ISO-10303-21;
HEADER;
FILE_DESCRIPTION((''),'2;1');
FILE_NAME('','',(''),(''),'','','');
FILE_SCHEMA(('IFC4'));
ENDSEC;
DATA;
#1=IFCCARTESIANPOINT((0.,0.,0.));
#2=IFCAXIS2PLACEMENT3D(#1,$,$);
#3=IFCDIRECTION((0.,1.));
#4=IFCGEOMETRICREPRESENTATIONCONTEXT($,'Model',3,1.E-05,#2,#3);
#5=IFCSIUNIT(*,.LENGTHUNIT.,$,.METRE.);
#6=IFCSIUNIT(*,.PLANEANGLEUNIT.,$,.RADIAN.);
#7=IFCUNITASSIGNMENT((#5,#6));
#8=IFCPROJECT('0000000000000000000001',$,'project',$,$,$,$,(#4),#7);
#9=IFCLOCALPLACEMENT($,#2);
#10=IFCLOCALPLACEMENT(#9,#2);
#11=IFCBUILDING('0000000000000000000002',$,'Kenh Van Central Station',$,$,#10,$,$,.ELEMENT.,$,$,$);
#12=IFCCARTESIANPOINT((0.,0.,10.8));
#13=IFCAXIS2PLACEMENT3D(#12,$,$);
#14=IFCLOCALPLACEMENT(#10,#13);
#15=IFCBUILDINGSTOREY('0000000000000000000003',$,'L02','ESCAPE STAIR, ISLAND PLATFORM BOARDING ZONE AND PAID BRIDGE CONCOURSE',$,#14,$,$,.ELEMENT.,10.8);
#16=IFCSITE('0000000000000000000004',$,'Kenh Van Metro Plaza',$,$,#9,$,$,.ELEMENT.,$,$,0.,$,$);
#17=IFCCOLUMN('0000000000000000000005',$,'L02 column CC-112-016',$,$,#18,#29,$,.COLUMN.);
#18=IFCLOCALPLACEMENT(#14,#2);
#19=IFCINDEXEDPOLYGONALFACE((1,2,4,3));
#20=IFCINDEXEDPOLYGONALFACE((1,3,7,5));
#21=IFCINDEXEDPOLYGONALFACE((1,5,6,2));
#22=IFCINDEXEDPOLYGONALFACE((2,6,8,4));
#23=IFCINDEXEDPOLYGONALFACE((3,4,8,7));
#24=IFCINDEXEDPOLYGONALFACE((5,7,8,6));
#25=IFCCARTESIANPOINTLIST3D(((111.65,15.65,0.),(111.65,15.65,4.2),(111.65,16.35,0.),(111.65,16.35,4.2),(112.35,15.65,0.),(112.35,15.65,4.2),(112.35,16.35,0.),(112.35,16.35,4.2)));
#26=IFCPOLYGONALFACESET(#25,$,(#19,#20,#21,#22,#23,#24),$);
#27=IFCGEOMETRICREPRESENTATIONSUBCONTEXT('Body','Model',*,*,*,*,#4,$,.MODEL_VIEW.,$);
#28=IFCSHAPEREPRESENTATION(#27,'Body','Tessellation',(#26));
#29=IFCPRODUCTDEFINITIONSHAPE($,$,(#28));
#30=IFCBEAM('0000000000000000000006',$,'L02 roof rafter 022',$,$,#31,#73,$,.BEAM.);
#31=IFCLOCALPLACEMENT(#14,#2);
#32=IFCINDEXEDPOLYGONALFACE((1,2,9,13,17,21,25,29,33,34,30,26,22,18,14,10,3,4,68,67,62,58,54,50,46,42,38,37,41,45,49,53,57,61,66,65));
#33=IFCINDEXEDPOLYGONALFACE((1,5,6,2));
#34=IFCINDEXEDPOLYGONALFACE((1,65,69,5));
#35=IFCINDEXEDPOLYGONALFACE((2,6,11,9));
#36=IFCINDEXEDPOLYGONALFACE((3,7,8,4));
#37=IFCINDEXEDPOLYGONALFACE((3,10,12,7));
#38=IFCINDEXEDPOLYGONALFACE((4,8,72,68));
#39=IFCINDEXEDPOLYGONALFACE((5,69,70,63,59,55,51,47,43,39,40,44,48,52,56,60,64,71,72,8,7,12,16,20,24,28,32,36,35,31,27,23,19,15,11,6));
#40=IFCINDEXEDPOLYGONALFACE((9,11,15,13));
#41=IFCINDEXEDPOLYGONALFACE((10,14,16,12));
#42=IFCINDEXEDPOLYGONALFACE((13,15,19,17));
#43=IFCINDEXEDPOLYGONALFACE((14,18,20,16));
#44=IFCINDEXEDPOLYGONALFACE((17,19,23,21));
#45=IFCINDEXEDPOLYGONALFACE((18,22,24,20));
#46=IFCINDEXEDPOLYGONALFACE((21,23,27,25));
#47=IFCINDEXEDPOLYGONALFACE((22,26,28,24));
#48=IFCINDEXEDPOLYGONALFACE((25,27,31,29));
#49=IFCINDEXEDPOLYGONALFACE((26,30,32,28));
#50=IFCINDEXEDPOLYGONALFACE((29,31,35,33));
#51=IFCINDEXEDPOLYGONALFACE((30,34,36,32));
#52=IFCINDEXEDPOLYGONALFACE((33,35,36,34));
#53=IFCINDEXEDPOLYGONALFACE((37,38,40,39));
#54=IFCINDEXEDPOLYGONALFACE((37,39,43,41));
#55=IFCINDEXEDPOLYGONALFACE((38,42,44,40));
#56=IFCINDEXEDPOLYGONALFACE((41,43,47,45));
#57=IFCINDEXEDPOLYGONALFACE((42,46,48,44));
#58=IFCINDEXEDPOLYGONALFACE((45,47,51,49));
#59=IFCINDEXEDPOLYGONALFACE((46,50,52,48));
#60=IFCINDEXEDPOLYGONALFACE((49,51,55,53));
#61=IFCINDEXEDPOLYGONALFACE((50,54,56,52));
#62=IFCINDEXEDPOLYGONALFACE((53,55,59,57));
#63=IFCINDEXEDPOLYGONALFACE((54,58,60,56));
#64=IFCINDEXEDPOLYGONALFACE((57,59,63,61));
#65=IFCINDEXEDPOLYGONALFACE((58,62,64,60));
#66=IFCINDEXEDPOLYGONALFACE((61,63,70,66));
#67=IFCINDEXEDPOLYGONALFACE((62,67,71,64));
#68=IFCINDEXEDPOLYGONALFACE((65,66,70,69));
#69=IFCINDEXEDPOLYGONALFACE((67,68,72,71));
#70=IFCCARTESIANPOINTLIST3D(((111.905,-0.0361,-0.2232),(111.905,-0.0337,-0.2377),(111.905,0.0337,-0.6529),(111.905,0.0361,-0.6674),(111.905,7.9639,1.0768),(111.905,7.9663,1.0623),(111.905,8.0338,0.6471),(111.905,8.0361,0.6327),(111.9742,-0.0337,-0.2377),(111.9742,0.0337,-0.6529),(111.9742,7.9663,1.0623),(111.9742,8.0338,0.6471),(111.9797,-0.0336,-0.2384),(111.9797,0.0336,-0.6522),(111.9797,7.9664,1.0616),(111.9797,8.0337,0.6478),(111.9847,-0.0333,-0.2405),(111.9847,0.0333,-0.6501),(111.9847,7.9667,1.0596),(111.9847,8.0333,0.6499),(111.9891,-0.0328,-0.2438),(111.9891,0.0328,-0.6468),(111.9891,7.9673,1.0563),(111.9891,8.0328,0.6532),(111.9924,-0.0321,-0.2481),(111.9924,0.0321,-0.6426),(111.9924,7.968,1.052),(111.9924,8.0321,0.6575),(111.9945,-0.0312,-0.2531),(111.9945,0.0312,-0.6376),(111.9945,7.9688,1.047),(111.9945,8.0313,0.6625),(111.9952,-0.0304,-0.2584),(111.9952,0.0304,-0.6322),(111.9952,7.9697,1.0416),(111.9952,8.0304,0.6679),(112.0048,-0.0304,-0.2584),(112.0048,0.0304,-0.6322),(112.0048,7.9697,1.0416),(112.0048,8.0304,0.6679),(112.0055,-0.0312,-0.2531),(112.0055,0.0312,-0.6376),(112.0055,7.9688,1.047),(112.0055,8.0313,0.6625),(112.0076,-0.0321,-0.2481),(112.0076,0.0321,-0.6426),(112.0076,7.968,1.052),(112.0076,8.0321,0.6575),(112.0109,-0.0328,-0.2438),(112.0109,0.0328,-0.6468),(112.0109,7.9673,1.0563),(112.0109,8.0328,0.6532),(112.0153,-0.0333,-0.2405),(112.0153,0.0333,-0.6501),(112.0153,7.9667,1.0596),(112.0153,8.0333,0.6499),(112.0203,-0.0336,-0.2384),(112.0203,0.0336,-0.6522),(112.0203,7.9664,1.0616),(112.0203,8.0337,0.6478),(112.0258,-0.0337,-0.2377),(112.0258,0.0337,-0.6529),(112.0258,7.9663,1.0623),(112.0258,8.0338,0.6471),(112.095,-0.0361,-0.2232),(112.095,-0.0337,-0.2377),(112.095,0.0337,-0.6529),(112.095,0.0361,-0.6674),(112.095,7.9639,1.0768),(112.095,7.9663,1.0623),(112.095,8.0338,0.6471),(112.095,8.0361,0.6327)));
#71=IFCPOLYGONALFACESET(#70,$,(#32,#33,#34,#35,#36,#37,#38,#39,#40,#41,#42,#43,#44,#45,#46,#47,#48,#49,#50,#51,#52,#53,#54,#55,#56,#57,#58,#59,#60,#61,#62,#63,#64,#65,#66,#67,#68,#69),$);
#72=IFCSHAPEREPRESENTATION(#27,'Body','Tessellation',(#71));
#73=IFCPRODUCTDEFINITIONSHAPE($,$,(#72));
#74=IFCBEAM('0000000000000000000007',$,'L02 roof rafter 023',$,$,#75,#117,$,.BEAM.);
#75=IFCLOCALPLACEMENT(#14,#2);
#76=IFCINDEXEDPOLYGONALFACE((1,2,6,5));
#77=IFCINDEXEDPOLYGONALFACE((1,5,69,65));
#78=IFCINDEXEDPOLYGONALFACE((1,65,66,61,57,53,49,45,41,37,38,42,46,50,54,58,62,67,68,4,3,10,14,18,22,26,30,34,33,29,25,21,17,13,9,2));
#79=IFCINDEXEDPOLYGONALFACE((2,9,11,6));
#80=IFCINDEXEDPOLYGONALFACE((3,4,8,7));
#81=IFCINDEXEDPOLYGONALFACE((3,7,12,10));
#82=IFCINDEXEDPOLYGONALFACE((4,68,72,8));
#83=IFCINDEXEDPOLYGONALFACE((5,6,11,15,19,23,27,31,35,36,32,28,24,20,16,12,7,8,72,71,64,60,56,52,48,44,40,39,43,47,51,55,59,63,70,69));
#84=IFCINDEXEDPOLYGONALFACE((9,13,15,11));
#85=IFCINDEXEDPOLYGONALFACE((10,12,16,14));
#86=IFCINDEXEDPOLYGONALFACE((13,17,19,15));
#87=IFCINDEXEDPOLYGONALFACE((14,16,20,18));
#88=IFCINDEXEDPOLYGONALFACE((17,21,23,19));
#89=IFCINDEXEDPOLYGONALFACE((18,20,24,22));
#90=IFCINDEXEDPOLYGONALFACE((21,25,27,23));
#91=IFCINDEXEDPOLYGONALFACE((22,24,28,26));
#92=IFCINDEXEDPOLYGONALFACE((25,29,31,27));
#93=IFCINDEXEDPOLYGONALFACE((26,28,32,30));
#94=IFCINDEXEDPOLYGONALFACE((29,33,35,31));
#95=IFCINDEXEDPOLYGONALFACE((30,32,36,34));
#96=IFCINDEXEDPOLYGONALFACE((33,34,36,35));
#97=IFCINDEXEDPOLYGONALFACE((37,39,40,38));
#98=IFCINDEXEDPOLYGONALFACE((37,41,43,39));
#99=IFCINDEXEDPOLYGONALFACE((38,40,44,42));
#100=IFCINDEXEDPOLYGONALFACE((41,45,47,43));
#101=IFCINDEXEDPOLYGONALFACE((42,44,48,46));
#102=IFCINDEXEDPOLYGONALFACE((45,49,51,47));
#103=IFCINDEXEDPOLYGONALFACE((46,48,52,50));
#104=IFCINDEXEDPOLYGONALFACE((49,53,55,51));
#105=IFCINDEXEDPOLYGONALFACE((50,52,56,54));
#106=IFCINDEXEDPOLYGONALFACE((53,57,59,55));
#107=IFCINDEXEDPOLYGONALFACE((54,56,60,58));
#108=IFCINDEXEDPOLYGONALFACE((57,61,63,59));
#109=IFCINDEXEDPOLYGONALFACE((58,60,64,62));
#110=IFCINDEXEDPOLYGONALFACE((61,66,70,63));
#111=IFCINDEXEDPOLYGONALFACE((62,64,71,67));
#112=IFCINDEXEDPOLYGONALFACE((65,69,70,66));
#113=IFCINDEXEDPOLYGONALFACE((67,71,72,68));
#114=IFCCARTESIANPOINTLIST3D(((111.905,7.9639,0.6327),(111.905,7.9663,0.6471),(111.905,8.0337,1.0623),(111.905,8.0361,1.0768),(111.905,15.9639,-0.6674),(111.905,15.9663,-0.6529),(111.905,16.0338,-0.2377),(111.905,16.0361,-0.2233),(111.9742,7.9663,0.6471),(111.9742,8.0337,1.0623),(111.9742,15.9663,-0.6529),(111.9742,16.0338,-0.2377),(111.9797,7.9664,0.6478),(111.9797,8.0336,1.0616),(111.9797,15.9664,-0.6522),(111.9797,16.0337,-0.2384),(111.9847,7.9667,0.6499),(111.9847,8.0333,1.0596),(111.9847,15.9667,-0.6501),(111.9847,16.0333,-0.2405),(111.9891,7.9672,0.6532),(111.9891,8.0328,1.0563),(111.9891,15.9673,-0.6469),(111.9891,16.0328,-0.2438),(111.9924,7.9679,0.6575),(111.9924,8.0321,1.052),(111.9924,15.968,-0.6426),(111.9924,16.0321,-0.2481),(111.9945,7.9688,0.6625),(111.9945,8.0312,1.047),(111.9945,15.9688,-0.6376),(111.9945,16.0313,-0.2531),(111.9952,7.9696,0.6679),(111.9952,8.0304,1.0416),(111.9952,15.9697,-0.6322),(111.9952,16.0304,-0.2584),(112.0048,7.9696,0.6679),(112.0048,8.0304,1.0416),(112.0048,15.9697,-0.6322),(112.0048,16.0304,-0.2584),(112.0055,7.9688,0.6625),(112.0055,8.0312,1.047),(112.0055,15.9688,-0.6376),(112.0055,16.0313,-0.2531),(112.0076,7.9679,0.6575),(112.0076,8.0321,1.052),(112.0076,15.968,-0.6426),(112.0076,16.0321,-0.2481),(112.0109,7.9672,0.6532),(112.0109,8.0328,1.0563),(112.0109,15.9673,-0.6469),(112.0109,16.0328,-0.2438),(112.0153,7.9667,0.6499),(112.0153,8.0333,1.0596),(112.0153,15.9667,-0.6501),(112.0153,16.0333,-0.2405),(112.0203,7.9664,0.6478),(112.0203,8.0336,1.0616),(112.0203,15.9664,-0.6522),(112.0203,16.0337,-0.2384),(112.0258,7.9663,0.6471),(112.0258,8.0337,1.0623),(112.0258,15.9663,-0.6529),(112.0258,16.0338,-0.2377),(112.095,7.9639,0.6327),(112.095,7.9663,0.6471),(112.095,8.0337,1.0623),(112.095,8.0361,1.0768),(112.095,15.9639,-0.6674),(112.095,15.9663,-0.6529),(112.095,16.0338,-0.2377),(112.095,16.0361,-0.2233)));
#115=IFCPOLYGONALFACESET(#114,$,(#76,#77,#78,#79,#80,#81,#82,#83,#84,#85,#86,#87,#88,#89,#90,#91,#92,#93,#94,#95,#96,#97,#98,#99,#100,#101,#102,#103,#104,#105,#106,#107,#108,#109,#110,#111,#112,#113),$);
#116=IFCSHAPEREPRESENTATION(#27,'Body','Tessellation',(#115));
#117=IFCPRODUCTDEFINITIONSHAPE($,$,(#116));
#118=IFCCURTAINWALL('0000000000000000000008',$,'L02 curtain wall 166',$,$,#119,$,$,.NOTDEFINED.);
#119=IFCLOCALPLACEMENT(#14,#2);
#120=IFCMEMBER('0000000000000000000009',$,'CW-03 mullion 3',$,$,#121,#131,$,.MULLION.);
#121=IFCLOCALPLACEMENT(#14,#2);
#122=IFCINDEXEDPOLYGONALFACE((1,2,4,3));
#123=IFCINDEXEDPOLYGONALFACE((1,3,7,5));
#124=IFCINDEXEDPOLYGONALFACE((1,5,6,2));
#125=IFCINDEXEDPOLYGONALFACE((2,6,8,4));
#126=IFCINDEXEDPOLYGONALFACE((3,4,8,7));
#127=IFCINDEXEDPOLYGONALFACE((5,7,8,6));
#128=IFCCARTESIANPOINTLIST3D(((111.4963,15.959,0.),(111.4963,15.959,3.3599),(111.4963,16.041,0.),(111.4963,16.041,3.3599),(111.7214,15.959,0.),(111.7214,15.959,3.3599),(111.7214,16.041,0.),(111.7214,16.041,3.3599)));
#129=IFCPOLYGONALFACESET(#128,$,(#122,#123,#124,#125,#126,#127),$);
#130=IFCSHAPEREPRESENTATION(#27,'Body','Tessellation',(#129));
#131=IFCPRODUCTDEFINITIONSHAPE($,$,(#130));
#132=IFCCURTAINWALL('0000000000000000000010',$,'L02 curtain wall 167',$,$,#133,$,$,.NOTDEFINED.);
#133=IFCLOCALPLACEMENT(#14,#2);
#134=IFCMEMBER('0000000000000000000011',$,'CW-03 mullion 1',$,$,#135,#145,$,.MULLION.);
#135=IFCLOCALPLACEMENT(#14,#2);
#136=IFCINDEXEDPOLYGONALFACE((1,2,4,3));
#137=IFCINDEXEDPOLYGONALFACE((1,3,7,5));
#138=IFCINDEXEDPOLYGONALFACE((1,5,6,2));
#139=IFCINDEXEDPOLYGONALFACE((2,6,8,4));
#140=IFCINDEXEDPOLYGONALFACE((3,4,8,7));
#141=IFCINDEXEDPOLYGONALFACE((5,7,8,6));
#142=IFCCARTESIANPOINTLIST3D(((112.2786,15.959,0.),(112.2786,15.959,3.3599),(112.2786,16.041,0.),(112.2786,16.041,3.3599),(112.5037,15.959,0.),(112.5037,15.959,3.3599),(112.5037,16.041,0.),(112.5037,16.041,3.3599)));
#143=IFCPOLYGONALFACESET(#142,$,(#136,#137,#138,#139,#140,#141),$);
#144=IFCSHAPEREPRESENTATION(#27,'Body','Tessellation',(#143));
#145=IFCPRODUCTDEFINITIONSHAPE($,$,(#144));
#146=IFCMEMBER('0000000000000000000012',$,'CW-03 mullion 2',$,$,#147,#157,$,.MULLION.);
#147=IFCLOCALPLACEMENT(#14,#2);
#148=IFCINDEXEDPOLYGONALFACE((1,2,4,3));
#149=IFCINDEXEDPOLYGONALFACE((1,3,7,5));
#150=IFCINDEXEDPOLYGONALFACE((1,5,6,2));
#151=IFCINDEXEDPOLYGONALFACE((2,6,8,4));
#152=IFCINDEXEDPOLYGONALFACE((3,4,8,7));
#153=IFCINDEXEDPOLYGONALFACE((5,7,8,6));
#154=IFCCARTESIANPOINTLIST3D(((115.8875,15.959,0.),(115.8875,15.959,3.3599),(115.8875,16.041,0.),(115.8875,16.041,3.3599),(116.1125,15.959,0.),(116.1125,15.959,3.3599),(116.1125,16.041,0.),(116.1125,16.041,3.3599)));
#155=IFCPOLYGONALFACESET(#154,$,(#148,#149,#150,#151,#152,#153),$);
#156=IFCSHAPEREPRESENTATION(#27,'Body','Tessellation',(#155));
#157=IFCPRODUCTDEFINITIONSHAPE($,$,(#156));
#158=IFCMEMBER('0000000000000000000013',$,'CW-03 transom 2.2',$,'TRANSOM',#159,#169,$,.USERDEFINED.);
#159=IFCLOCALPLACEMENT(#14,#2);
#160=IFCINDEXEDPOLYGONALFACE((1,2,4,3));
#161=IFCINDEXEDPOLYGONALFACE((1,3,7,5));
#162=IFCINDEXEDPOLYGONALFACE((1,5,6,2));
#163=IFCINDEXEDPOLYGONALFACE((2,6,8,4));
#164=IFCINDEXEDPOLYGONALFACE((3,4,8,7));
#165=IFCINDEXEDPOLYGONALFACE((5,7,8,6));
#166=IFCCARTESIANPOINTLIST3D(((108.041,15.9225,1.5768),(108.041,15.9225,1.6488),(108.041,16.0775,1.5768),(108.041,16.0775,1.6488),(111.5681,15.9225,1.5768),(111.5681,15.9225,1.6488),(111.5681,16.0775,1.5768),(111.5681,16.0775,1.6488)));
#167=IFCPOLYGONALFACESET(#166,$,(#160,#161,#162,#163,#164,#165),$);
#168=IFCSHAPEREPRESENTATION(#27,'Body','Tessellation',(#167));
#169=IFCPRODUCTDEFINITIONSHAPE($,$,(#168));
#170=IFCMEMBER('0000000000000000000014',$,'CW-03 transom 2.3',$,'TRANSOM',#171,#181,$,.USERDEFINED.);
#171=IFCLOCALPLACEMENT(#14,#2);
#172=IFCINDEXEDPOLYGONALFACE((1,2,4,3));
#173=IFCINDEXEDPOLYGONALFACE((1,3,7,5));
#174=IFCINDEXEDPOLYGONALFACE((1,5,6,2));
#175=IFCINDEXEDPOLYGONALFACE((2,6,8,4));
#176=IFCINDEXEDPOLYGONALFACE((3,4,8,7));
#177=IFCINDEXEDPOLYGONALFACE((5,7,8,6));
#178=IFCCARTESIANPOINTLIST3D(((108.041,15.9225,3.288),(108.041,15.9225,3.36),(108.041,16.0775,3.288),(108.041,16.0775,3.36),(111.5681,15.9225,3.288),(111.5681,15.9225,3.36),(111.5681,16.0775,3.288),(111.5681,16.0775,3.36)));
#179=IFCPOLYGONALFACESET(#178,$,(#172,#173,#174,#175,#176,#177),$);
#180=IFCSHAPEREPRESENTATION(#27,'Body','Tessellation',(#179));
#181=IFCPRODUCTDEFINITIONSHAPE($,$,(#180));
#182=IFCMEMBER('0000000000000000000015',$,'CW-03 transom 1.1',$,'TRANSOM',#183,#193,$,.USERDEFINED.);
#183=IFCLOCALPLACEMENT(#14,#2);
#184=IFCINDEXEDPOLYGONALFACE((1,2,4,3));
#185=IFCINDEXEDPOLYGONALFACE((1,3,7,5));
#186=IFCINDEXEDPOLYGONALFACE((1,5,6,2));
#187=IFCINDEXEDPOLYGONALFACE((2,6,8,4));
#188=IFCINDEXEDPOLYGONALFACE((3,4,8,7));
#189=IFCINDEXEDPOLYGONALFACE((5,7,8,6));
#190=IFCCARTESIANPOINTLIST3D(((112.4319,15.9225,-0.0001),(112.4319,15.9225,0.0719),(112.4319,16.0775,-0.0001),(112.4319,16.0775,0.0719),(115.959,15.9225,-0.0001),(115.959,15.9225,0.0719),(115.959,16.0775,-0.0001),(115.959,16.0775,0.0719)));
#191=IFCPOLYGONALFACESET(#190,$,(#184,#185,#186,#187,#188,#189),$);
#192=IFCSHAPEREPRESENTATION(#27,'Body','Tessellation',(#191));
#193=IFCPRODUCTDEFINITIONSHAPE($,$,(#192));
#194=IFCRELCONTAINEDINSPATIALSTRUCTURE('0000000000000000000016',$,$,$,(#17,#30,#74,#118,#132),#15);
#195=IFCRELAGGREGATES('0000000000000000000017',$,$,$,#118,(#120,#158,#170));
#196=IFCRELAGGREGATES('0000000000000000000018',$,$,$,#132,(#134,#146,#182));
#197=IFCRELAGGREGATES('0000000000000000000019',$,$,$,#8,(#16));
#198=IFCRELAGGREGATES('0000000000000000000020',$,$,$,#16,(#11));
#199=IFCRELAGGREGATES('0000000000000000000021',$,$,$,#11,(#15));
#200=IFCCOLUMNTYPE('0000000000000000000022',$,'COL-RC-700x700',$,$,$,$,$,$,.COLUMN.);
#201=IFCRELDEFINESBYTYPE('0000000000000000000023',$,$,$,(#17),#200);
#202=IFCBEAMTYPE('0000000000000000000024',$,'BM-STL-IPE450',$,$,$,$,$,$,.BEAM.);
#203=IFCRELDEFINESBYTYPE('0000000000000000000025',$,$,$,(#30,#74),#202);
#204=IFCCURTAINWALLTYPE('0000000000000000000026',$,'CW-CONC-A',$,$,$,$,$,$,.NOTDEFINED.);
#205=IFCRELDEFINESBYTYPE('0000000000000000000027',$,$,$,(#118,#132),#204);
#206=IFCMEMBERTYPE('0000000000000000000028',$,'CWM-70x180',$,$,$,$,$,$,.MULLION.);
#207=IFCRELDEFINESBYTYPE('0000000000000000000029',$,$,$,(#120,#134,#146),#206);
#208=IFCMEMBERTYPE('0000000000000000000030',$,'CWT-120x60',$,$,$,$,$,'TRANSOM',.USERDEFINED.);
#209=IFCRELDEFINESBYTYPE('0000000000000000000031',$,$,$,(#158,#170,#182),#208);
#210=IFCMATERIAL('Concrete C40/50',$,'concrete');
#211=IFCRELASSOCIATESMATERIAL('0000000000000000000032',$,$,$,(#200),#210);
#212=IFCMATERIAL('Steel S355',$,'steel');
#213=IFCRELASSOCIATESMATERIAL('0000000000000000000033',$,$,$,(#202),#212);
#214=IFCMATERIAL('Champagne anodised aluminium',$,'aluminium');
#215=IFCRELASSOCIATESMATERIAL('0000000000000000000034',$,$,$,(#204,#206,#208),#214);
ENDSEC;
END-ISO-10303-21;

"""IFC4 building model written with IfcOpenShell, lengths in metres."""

from ifc_helpers import new_model, si_unit, direction, frame, origin, origin_2d, place, context, subcontext, project, spatial, rectangle, i_section, extrude, material, material_profile, profile_set, type_object, element, aggregate, save


model = new_model("IFC4")

# Units and contexts
model_context = context("Model", 3, precision=1e-05, world=origin(), true_north=direction((0.0, 1.0)))
body_context = subcontext(model_context, "Body", "Model", "MODEL_VIEW")
ifc_project = project(units=[si_unit("LENGTHUNIT", "METRE"), si_unit("PLANEANGLEUNIT", "RADIAN")], contexts=[model_context])

# Site, building, storey
site_placement = place(None, origin())
site = spatial("IfcSite", under=ifc_project, at=site_placement, Name="Kenh Van Metro Plaza", CompositionType="ELEMENT", RefElevation=0.0)
building_placement = place(site_placement, origin())
building = spatial("IfcBuilding", under=site, at=building_placement, Name="Kenh Van Central Station", CompositionType="ELEMENT")
storey_placement = place(building_placement, frame((0.0, 0.0, 10.8)))
storey = spatial("IfcBuildingStorey", under=building, at=storey_placement, Name="L02", Description="ESCAPE STAIR, ISLAND PLATFORM BOARDING ZONE AND PAID BRIDGE CONCOURSE", CompositionType="ELEMENT", Elevation=10.8)

# Column
ifc_material_1 = material(Name="Concrete C40/50", Category="concrete")
ifc_material_profile_1 = material_profile(ifc_material_1, rectangle(XDim=0.7, YDim=0.7, at=origin_2d()), Name="RC 700x700")
ifc_profile_set_1 = profile_set([ifc_material_profile_1], Name="Concrete C40/50")
column_type = type_object("IfcColumnType", Name="COL-RC-700x700", PredefinedType="COLUMN", material=ifc_profile_set_1)
column_placement = place(storey_placement, frame((112.0, 16.0, 0.0), z_axis=(0.0, 0.0, 1.0), x_axis=(1.0, 0.0, 0.0)))
element("IfcColumn", 1, at=column_placement, inside=storey, type_object=column_type, Name="L02 column CC-112-016", PredefinedType="COLUMN", context=body_context, shape_type="SweptSolid", body=[
    extrude(rectangle(XDim=0.7, YDim=0.7, at=origin_2d()), origin(), (0.0, 0.0, 1.0), 4.2),
])

# Beams
ifc_material_2 = material(Name="Steel S355", Category="steel")
ifc_material_profile_2 = material_profile(ifc_material_2, i_section(OverallWidth=0.1899, OverallDepth=0.45, WebThickness=0.0095, FlangeThickness=0.0146, FilletRadius=0.021, at=origin_2d()), Name="IPE 450")
ifc_profile_set_2 = profile_set([ifc_material_profile_2], Name="Steel S355")
beam_type_1 = type_object("IfcBeamType", Name="BM-STL-IPE450", PredefinedType="BEAM", material=ifc_profile_set_2)
for number, where, z_axis, x_axis, name in (
    (2, (112.0, 0.0, -0.4453), (0.0, 0.987052, 0.160402), (-1.0, 0.0, 0.0), "L02 roof rafter 022"),
    (3, (112.0, 8.0, 0.8547), (0.0, 0.987052, -0.160402), (-1.0, 0.0, 0.0), "L02 roof rafter 023"),
):
    element("IfcBeam", number, at=place(storey_placement, frame(where, z_axis=z_axis, x_axis=x_axis)), inside=storey, type_object=beam_type_1, Name=name, PredefinedType="BEAM", context=body_context, shape_type="SweptSolid", body=[
        extrude(i_section(OverallWidth=0.1899, OverallDepth=0.45, WebThickness=0.0095, FlangeThickness=0.0146, FilletRadius=0.021, at=origin_2d()), origin(), (0.0, 0.0, 1.0), 8.105),
    ])

# Curtain wall, member
ifc_material_3 = material(Name="Champagne anodised aluminium", Category="aluminium")
curtain_wall_type = type_object("IfcCurtainWallType", Name="CW-CONC-A", PredefinedType="NOTDEFINED", material=ifc_material_3)
curtain_wall_1_placement = place(storey_placement, origin())
curtain_wall_1 = element("IfcCurtainWall", 4, at=curtain_wall_1_placement, inside=storey, type_object=curtain_wall_type, Name="L02 curtain wall 166", PredefinedType="NOTDEFINED")
ifc_material_profile_3 = material_profile(ifc_material_3, rectangle(XDim=0.082, YDim=0.2251, at=origin_2d()), Name="AL 82x225")
ifc_profile_set_3 = profile_set([ifc_material_profile_3], Name="Champagne anodised aluminium")
member_type_1 = type_object("IfcMemberType", Name="CWM-70x180", PredefinedType="MULLION", material=ifc_profile_set_3)
member_1_placement = place(storey_placement, frame((111.6089, 16.0, 0.0), z_axis=(0.0, 0.0, 1.0), x_axis=(0.0, 1.0, 0.0)))
member_1 = element("IfcMember", 5, at=member_1_placement, type_object=member_type_1, Name="CW-03 mullion 3", PredefinedType="MULLION", context=body_context, shape_type="SweptSolid", body=[
    extrude(rectangle(XDim=0.082, YDim=0.2251, at=origin_2d()), origin(), (0.0, 0.0, 1.0), 3.3599),
])

# Curtain wall, members
curtain_wall_2_placement = place(storey_placement, origin())
curtain_wall_2 = element("IfcCurtainWall", 6, at=curtain_wall_2_placement, inside=storey, type_object=curtain_wall_type, Name="L02 curtain wall 167", PredefinedType="NOTDEFINED")
member_2_placement = place(storey_placement, frame((112.3911, 16.0, 0.0), z_axis=(0.0, 0.0, 1.0), x_axis=(0.0, 1.0, 0.0)))
member_2 = element("IfcMember", 7, at=member_2_placement, type_object=member_type_1, Name="CW-03 mullion 1", PredefinedType="MULLION", context=body_context, shape_type="SweptSolid", body=[
    extrude(rectangle(XDim=0.082, YDim=0.2251, at=origin_2d()), origin(), (0.0, 0.0, 1.0), 3.3599),
])
member_3_placement = place(storey_placement, frame((116.0, 16.0, 0.0), z_axis=(0.0, 0.0, 1.0), x_axis=(0.0, 1.0, 0.0)))
member_3 = element("IfcMember", 8, at=member_3_placement, type_object=member_type_1, Name="CW-03 mullion 2", PredefinedType="MULLION", context=body_context, shape_type="SweptSolid", body=[
    extrude(rectangle(XDim=0.082, YDim=0.2251, at=origin_2d()), origin(), (0.0, 0.0, 1.0), 3.3599),
])

# Members
ifc_material_profile_4 = material_profile(ifc_material_3, rectangle(XDim=0.155, YDim=0.072, at=origin_2d()), Name="AL 155x72")
ifc_profile_set_4 = profile_set([ifc_material_profile_4], Name="Champagne anodised aluminium")
member_type_2 = type_object("IfcMemberType", Name="CWT-120x60", ElementType="TRANSOM", PredefinedType="USERDEFINED", material=ifc_profile_set_4)
member_4_placement = place(storey_placement, frame((108.041, 16.0, 1.6128), z_axis=(1.0, 0.0, 0.0), x_axis=(0.0, 1.0, 0.0)))
member_4 = element("IfcMember", 9, at=member_4_placement, type_object=member_type_2, Name="CW-03 transom 2.2", ObjectType="TRANSOM", PredefinedType="USERDEFINED", context=body_context, shape_type="SweptSolid", body=[
    extrude(rectangle(XDim=0.155, YDim=0.072, at=origin_2d()), origin(), (0.0, 0.0, 1.0), 3.5271),
])
member_5_placement = place(storey_placement, frame((108.041, 16.0, 3.324), z_axis=(1.0, 0.0, 0.0), x_axis=(0.0, 1.0, 0.0)))
member_5 = element("IfcMember", 10, at=member_5_placement, type_object=member_type_2, Name="CW-03 transom 2.3", ObjectType="TRANSOM", PredefinedType="USERDEFINED", context=body_context, shape_type="SweptSolid", body=[
    extrude(rectangle(XDim=0.155, YDim=0.072, at=origin_2d()), origin(), (0.0, 0.0, 1.0), 3.5271),
])
member_6_placement = place(storey_placement, frame((112.4319, 16.0, 0.0359), z_axis=(1.0, 0.0, 0.0), x_axis=(0.0, 1.0, 0.0)))
member_6 = element("IfcMember", 11, at=member_6_placement, type_object=member_type_2, Name="CW-03 transom 1.1", ObjectType="TRANSOM", PredefinedType="USERDEFINED", context=body_context, shape_type="SweptSolid", body=[
    extrude(rectangle(XDim=0.155, YDim=0.072, at=origin_2d()), origin(), (0.0, 0.0, 1.0), 3.5271),
])

aggregate(curtain_wall_1, [member_1, member_4, member_5])
aggregate(curtain_wall_2, [member_2, member_3, member_6])

save(model, "model.ifc")
